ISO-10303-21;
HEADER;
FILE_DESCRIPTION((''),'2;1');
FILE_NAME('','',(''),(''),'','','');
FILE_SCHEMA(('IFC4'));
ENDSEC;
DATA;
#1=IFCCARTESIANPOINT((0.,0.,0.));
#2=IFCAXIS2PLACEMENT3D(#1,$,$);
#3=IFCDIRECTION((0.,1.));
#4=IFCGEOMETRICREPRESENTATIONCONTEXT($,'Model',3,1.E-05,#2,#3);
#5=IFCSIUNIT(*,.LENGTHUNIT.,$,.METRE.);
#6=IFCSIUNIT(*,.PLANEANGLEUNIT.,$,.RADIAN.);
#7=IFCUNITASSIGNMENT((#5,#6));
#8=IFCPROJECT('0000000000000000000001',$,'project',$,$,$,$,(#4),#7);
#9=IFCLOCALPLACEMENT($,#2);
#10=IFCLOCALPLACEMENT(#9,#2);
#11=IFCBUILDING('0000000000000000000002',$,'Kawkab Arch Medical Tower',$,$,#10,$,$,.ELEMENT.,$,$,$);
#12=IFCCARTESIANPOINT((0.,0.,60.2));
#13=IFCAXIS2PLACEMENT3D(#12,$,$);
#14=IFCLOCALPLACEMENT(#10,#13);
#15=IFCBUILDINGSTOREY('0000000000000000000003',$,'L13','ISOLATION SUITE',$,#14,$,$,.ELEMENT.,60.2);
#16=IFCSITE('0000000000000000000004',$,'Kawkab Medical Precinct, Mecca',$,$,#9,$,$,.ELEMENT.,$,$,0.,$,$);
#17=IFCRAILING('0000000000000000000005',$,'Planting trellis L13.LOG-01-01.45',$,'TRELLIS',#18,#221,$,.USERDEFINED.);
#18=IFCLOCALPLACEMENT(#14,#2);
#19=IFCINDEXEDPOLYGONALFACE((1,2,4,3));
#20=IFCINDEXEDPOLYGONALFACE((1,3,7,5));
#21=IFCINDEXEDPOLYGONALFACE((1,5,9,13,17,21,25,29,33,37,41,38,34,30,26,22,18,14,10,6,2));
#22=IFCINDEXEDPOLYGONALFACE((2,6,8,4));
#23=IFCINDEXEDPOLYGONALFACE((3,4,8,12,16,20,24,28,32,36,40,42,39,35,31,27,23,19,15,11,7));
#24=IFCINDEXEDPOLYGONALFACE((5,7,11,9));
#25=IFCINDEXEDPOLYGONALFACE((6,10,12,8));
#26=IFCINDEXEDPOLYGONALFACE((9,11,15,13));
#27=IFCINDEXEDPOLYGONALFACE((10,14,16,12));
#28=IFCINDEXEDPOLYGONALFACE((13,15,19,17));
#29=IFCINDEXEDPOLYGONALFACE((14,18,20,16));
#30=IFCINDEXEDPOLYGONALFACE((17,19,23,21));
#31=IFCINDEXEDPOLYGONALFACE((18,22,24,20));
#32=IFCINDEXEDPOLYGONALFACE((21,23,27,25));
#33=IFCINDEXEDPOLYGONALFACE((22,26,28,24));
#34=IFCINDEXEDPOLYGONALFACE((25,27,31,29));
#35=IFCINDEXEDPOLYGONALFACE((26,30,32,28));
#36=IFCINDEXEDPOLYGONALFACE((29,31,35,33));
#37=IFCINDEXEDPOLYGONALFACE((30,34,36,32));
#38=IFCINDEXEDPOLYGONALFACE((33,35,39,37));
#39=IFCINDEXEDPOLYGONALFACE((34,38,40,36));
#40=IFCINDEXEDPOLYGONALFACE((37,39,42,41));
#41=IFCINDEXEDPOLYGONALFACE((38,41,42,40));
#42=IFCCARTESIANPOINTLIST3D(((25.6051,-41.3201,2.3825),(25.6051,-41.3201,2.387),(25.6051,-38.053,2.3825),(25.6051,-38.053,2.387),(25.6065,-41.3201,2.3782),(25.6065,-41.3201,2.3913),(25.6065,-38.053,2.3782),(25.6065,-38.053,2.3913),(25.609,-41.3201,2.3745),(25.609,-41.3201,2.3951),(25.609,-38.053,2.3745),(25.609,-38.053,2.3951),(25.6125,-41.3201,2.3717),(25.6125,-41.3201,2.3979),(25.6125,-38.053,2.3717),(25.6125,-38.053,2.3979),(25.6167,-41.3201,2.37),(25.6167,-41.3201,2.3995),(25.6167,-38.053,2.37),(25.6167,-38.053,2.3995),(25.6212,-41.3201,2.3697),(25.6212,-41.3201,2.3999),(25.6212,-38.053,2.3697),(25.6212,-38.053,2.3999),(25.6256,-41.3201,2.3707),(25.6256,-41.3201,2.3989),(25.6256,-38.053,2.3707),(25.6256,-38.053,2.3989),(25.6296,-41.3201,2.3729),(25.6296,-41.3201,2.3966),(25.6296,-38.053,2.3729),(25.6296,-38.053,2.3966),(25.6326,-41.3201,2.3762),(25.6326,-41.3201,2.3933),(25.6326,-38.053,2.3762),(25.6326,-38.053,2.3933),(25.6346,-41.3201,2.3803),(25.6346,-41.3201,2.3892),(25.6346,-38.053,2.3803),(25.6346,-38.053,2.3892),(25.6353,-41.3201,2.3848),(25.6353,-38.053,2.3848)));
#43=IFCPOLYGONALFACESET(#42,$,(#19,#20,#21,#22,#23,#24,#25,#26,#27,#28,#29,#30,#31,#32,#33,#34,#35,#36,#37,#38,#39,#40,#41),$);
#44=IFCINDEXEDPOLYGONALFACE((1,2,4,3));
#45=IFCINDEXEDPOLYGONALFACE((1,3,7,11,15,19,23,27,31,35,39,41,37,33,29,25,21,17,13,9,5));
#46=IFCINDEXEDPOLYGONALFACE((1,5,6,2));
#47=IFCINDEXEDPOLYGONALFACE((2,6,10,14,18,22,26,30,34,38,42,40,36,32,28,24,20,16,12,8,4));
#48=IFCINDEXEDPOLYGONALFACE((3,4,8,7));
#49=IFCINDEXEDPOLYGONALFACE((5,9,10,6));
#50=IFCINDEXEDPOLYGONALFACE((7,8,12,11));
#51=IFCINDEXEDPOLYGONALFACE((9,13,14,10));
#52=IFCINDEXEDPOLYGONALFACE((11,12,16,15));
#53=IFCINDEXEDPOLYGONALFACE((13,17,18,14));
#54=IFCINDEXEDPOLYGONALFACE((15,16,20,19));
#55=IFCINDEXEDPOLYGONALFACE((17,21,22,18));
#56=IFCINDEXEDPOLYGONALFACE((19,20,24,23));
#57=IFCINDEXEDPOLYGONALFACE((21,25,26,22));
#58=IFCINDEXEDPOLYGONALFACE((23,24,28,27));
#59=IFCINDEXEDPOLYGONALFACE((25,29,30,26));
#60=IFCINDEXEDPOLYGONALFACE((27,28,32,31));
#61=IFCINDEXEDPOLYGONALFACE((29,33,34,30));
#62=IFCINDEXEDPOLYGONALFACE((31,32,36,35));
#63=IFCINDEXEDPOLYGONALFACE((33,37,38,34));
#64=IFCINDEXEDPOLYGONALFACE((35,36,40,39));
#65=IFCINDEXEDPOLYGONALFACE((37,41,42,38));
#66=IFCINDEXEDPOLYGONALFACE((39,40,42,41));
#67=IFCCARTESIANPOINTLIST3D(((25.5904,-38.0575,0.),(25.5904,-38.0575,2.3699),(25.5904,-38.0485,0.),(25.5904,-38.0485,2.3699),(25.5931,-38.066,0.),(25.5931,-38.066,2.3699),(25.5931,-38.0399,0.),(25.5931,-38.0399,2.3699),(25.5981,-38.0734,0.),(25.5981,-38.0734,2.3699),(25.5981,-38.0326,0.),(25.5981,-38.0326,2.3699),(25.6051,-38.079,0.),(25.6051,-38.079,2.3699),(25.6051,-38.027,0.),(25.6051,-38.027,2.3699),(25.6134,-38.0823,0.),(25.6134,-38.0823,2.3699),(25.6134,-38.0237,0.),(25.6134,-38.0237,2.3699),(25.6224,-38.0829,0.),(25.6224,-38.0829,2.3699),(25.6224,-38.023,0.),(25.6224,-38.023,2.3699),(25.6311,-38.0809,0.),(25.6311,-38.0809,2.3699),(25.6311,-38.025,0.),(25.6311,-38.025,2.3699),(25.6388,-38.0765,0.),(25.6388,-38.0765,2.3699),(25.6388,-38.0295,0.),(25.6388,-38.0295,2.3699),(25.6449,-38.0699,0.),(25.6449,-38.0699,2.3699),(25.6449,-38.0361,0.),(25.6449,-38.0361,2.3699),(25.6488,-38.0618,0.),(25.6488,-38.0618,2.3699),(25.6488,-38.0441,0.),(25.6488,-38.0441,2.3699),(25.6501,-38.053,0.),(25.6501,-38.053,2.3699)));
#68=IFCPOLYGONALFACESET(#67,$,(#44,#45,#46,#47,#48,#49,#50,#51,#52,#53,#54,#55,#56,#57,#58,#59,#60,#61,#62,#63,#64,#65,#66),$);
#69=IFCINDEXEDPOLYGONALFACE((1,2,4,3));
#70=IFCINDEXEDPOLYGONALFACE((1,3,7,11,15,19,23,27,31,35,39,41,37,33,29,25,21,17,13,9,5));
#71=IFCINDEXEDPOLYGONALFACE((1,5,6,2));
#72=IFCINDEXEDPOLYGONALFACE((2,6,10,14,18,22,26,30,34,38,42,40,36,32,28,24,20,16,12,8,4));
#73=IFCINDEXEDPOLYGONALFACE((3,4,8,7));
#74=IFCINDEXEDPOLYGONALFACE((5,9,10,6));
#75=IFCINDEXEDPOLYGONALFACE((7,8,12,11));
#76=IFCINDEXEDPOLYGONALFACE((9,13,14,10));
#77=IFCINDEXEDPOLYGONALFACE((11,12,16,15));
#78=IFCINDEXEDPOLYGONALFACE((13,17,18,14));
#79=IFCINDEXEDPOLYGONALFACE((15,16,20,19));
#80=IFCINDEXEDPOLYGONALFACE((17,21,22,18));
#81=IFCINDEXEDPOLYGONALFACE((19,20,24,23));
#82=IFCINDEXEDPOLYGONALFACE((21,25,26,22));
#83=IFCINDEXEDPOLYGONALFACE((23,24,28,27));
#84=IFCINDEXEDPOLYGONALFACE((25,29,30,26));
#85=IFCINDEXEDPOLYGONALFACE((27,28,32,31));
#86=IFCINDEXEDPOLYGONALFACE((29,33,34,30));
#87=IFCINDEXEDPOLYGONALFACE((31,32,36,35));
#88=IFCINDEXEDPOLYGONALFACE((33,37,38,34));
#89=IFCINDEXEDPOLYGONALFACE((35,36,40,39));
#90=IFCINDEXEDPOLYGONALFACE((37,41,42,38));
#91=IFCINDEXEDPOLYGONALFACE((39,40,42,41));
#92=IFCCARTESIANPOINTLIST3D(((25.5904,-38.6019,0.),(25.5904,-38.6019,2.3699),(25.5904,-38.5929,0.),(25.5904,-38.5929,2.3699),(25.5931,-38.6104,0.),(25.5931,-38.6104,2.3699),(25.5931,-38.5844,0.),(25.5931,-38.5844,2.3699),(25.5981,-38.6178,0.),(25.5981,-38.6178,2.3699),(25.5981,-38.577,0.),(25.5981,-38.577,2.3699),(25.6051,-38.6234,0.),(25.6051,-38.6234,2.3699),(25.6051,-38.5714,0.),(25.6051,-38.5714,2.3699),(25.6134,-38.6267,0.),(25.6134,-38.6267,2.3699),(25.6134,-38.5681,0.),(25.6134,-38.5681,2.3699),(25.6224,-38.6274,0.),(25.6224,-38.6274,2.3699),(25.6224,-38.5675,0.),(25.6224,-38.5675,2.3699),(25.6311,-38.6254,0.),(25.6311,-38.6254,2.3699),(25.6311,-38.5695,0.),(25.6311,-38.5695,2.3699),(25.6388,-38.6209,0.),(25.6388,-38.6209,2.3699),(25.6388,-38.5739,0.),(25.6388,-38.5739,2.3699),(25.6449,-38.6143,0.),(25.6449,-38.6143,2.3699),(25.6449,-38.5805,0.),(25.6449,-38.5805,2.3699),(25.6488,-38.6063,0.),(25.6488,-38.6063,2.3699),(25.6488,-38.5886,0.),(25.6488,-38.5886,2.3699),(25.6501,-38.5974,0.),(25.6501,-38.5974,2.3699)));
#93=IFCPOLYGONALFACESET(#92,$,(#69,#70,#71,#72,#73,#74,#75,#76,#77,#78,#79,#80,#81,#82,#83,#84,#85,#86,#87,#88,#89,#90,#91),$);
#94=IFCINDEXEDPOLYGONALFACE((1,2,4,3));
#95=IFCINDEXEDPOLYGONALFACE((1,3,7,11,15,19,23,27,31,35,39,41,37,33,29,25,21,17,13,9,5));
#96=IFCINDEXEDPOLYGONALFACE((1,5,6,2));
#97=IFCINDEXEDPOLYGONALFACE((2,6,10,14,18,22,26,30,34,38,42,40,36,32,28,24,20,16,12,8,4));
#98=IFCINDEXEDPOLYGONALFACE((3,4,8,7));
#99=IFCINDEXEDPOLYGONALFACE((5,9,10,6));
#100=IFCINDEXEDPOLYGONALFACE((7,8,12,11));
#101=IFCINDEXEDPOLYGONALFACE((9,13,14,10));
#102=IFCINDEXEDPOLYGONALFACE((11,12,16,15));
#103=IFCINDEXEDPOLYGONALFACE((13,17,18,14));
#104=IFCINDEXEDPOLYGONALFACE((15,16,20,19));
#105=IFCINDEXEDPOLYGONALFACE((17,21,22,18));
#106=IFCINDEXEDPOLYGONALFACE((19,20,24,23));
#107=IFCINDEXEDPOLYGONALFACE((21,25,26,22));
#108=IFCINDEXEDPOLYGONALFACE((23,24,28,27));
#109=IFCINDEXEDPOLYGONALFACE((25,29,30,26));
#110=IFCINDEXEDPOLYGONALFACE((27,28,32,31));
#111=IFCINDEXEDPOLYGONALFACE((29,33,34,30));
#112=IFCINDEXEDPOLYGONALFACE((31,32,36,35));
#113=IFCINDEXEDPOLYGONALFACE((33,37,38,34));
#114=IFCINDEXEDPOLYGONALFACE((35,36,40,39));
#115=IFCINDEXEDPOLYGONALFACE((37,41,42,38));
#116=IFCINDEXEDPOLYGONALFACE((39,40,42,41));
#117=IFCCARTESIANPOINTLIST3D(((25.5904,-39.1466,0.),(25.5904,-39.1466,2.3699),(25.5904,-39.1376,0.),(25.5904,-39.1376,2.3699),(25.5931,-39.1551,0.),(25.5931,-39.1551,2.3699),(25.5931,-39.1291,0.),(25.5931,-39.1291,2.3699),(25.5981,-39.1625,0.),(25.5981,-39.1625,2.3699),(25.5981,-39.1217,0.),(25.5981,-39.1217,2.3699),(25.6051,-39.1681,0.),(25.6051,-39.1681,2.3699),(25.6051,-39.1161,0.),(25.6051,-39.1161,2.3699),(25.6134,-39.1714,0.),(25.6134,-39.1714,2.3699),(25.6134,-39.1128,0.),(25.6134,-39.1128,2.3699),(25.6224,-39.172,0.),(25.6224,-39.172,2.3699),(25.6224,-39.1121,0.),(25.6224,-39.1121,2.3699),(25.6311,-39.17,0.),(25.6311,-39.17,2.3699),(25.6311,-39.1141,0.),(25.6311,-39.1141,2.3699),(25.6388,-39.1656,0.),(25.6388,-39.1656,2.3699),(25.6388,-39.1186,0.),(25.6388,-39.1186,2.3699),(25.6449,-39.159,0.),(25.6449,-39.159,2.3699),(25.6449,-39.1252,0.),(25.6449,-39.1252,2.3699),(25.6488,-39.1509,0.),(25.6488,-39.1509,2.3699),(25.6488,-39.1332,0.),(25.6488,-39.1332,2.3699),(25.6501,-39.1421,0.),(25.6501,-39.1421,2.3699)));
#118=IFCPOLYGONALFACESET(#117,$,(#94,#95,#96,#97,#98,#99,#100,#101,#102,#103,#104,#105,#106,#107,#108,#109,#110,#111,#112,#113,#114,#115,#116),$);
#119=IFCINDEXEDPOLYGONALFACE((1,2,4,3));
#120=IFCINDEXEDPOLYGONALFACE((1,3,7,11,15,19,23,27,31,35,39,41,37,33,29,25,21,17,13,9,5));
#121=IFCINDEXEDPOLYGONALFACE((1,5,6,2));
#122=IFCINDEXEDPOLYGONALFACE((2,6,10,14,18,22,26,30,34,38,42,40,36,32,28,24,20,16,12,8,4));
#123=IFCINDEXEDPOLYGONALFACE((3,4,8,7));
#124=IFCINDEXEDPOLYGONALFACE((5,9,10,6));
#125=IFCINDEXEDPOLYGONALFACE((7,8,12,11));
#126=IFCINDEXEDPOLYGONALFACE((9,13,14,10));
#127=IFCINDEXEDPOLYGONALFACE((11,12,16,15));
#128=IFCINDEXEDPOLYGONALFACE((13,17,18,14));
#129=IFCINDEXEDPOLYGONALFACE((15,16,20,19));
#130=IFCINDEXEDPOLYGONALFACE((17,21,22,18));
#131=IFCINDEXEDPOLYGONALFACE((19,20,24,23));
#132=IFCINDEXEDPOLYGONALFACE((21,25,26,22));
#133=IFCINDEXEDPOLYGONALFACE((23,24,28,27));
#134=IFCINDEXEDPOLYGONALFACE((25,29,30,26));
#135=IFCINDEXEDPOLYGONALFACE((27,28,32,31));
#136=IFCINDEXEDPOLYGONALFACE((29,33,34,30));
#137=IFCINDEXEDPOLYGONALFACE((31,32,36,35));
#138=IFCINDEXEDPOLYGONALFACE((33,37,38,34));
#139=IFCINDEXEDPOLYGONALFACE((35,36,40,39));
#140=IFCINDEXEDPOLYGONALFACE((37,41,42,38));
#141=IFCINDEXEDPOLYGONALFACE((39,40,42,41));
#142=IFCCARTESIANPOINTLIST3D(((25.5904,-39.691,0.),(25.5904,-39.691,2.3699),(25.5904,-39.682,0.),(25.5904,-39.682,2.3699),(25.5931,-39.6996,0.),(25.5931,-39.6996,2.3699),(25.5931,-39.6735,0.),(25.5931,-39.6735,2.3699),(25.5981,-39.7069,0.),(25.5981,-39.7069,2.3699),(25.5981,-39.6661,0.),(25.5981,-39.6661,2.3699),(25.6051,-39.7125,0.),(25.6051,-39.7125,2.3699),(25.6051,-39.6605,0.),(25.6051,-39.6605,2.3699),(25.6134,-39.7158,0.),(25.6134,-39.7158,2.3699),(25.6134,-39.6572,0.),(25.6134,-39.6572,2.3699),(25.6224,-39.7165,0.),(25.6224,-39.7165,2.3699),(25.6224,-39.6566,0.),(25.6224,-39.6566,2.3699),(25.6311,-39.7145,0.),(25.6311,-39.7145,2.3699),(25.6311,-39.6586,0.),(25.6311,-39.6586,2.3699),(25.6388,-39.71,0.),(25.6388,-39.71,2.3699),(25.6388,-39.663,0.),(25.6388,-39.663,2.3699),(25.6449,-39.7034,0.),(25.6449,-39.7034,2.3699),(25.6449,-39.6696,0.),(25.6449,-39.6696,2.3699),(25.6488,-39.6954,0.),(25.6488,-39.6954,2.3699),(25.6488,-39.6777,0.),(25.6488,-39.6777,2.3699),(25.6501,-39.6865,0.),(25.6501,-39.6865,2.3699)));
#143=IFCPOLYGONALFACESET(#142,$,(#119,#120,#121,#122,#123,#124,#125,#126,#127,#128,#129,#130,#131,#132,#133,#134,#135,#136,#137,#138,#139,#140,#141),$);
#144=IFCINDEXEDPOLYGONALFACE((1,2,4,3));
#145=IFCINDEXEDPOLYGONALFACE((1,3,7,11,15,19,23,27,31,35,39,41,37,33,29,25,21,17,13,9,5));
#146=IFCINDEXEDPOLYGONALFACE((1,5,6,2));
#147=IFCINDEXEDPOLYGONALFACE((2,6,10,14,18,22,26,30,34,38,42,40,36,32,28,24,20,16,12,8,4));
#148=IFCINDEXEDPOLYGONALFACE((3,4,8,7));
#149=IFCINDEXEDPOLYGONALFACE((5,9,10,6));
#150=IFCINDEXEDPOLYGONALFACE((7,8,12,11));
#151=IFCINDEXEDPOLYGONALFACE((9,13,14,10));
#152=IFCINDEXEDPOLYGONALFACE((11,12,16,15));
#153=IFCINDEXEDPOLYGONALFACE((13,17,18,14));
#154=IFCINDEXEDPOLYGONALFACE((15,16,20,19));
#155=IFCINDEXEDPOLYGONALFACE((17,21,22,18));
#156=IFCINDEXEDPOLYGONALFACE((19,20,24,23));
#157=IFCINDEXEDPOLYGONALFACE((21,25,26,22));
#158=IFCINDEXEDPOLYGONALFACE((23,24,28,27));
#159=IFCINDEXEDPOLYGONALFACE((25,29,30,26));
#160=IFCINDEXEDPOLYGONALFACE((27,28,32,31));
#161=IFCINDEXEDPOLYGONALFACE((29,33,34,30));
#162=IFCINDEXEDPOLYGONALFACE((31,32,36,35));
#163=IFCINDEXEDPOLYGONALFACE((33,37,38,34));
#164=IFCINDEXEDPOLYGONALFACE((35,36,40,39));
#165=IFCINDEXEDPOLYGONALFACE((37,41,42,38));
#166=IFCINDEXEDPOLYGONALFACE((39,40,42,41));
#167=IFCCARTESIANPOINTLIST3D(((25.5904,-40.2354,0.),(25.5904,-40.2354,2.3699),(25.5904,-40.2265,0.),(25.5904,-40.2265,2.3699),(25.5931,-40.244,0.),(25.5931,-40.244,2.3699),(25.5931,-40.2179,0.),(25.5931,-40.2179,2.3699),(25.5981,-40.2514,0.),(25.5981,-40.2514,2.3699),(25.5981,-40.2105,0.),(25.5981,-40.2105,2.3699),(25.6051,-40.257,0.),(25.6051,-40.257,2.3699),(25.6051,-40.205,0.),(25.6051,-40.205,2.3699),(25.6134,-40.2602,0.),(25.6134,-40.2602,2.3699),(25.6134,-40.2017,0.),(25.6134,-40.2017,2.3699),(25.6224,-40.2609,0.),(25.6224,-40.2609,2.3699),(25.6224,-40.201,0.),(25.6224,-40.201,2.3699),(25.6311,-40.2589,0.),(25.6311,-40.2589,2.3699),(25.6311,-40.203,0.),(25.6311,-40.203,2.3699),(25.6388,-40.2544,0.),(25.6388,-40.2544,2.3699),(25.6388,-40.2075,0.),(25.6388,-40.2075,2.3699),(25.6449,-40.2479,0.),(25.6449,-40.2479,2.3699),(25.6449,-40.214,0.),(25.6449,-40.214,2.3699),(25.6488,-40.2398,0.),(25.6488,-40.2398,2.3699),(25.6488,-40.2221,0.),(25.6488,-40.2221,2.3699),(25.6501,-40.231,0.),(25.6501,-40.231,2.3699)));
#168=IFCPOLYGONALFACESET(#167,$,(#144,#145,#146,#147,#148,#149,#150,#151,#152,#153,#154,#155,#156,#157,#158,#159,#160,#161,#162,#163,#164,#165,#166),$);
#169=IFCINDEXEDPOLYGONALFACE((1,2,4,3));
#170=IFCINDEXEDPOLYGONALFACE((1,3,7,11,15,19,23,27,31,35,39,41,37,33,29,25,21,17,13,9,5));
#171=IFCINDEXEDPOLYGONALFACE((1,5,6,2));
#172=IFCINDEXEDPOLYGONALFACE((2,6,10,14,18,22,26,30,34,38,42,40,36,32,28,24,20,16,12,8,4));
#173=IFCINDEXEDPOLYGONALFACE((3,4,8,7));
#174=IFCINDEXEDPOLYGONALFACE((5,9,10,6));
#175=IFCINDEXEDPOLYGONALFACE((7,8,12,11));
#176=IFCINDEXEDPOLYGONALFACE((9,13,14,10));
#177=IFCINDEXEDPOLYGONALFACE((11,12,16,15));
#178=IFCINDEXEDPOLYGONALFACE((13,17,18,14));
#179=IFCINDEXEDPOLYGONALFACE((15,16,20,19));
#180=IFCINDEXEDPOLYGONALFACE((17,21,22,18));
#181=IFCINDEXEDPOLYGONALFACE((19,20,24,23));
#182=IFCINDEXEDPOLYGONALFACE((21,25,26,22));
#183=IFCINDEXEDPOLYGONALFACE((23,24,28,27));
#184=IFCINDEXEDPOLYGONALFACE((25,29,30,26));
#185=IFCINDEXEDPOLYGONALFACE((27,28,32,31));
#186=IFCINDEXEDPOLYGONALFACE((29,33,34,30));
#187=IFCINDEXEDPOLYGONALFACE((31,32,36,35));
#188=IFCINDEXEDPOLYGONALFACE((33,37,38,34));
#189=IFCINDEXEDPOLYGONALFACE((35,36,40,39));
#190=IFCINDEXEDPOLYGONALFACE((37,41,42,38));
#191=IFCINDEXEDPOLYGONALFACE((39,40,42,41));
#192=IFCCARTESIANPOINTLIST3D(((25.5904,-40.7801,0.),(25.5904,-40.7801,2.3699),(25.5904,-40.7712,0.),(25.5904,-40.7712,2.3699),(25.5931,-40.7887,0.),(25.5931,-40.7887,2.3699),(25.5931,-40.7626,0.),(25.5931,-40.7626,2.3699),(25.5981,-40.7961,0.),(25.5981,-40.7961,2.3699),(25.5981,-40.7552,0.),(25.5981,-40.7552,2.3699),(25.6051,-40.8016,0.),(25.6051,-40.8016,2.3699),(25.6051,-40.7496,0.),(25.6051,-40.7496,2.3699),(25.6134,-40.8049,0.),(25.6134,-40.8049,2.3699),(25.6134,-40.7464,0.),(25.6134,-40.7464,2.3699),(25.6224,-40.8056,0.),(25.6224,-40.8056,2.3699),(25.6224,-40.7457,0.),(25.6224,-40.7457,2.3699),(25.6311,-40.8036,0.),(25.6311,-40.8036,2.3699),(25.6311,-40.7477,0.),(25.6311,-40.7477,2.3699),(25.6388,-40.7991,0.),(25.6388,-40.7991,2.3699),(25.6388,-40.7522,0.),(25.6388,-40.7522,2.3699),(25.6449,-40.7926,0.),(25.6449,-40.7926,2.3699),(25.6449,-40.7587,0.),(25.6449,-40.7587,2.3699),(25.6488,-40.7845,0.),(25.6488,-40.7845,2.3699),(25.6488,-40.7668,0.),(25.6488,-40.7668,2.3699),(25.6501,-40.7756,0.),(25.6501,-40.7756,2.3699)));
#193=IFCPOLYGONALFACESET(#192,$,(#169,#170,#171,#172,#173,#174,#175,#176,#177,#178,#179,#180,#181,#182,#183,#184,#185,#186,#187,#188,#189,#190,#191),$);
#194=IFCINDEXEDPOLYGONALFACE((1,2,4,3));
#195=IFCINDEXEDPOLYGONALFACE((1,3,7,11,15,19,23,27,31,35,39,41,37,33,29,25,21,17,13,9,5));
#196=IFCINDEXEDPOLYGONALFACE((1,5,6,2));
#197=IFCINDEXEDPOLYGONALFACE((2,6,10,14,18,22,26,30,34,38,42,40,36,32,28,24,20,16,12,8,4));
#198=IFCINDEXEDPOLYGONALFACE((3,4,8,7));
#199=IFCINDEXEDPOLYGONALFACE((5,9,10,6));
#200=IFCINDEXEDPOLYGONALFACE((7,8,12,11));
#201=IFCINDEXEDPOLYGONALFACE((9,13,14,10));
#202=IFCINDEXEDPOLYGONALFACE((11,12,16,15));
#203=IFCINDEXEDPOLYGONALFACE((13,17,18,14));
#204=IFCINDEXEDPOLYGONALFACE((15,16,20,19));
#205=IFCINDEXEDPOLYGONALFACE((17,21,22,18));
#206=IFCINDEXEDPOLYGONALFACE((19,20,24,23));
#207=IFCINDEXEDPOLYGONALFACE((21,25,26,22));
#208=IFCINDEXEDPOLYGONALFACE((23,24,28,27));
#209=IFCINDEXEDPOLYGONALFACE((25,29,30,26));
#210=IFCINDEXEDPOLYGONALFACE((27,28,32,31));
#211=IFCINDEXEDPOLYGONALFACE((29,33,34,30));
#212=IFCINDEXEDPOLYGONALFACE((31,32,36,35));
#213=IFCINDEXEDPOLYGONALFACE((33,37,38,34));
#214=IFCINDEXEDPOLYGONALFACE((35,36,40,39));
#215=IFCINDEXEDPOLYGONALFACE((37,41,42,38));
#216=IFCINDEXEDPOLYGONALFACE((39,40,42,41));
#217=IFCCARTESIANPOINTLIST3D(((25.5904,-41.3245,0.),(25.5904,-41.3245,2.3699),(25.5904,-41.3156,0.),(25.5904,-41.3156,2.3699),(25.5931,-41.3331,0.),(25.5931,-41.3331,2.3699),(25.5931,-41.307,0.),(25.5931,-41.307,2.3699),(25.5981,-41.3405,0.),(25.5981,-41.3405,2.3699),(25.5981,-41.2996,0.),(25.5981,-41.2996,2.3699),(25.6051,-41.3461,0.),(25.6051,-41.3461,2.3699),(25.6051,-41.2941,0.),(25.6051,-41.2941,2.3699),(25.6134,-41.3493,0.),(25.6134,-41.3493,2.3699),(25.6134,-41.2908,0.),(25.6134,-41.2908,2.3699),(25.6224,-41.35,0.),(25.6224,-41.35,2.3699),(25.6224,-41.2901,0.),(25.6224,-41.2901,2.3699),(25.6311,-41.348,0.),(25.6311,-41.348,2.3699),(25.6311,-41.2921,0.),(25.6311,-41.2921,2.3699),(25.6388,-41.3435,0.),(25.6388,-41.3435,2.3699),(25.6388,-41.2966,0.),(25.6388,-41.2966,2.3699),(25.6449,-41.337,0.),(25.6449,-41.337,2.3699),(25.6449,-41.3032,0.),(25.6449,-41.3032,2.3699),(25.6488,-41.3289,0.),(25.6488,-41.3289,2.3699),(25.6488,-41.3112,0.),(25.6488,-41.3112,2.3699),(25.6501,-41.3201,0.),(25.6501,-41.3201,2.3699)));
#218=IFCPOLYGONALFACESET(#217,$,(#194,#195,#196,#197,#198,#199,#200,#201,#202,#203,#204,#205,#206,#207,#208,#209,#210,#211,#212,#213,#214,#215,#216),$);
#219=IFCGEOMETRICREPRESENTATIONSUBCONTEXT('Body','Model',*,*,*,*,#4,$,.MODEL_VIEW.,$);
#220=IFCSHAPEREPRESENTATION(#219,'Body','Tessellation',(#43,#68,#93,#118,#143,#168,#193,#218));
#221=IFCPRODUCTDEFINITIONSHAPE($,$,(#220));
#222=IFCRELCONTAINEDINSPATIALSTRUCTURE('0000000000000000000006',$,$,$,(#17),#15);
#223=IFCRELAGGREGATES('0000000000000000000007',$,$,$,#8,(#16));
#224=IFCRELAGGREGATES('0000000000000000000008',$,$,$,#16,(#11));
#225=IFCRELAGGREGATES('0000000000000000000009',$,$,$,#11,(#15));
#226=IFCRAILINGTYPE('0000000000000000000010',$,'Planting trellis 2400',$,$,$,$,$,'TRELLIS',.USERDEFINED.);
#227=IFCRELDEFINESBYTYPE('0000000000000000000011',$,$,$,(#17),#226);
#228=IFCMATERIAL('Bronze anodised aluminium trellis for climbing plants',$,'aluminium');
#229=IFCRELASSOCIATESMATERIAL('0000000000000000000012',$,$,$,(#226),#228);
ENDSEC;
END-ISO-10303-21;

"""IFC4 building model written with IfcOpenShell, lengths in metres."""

from ifc_helpers import new_model, si_unit, direction, frame, origin, origin_2d, place, context, subcontext, project, spatial, circle, extrude, material, type_object, element, save


model = new_model("IFC4")

# Units and contexts
model_context = context("Model", 3, precision=1e-05, world=origin(), true_north=direction((0.0, 1.0)))
body_context = subcontext(model_context, "Body", "Model", "MODEL_VIEW")
ifc_project = project(units=[si_unit("LENGTHUNIT", "METRE"), si_unit("PLANEANGLEUNIT", "RADIAN")], contexts=[model_context])

# Site, building, storey
site_placement = place(None, origin())
site = spatial("IfcSite", under=ifc_project, at=site_placement, Name="Kawkab Medical Precinct, Mecca", CompositionType="ELEMENT", RefElevation=0.0)
building_placement = place(site_placement, origin())
building = spatial("IfcBuilding", under=site, at=building_placement, Name="Kawkab Arch Medical Tower", CompositionType="ELEMENT")
storey_placement = place(building_placement, frame((0.0, 0.0, 60.2)))
storey = spatial("IfcBuildingStorey", under=building, at=storey_placement, Name="L13", Description="ISOLATION SUITE", CompositionType="ELEMENT", Elevation=60.2)

# Railing
ifc_material_1 = material(Name="Bronze anodised aluminium trellis for climbing plants", Category="aluminium")
railing_type_1 = type_object("IfcRailingType", Name="Planting trellis 2400", ElementType="TRELLIS", PredefinedType="USERDEFINED", material=ifc_material_1)
railing_1_placement = place(storey_placement, frame((25.6201, -38.053, 0.0)))
element("IfcRailing", 1, at=railing_1_placement, inside=storey, type_object=railing_type_1, Name="Planting trellis L13.LOG-01-01.45", ObjectType="TRELLIS", PredefinedType="USERDEFINED", context=body_context, shape_type="SweptSolid", body=[
    extrude(circle(Radius=0.0151, at=origin_2d()), frame((0.0, 0.0, 2.3848), z_axis=(0.0, -1.0, 0.0), x_axis=(1.0, 0.0, 0.0)), (0.0, 0.0, 1.0), 3.2671),
    extrude(circle(Radius=0.03, at=origin_2d()), origin(), (0.0, 0.0, 1.0), 2.3699),
    extrude(circle(Radius=0.03, at=origin_2d()), frame((0.0, -0.5444, 0.0)), (0.0, 0.0, 1.0), 2.3699),
    extrude(circle(Radius=0.03, at=origin_2d()), frame((0.0, -1.0891, 0.0)), (0.0, 0.0, 1.0), 2.3699),
    extrude(circle(Radius=0.03, at=origin_2d()), frame((0.0, -1.6335, 0.0)), (0.0, 0.0, 1.0), 2.3699),
    extrude(circle(Radius=0.03, at=origin_2d()), frame((0.0, -2.178, 0.0)), (0.0, 0.0, 1.0), 2.3699),
    extrude(circle(Radius=0.03, at=origin_2d()), frame((0.0, -2.7227, 0.0)), (0.0, 0.0, 1.0), 2.3699),
    extrude(circle(Radius=0.03, at=origin_2d()), frame((0.0, -3.2671, 0.0)), (0.0, 0.0, 1.0), 2.3699),
])

save(model, "model.ifc")
